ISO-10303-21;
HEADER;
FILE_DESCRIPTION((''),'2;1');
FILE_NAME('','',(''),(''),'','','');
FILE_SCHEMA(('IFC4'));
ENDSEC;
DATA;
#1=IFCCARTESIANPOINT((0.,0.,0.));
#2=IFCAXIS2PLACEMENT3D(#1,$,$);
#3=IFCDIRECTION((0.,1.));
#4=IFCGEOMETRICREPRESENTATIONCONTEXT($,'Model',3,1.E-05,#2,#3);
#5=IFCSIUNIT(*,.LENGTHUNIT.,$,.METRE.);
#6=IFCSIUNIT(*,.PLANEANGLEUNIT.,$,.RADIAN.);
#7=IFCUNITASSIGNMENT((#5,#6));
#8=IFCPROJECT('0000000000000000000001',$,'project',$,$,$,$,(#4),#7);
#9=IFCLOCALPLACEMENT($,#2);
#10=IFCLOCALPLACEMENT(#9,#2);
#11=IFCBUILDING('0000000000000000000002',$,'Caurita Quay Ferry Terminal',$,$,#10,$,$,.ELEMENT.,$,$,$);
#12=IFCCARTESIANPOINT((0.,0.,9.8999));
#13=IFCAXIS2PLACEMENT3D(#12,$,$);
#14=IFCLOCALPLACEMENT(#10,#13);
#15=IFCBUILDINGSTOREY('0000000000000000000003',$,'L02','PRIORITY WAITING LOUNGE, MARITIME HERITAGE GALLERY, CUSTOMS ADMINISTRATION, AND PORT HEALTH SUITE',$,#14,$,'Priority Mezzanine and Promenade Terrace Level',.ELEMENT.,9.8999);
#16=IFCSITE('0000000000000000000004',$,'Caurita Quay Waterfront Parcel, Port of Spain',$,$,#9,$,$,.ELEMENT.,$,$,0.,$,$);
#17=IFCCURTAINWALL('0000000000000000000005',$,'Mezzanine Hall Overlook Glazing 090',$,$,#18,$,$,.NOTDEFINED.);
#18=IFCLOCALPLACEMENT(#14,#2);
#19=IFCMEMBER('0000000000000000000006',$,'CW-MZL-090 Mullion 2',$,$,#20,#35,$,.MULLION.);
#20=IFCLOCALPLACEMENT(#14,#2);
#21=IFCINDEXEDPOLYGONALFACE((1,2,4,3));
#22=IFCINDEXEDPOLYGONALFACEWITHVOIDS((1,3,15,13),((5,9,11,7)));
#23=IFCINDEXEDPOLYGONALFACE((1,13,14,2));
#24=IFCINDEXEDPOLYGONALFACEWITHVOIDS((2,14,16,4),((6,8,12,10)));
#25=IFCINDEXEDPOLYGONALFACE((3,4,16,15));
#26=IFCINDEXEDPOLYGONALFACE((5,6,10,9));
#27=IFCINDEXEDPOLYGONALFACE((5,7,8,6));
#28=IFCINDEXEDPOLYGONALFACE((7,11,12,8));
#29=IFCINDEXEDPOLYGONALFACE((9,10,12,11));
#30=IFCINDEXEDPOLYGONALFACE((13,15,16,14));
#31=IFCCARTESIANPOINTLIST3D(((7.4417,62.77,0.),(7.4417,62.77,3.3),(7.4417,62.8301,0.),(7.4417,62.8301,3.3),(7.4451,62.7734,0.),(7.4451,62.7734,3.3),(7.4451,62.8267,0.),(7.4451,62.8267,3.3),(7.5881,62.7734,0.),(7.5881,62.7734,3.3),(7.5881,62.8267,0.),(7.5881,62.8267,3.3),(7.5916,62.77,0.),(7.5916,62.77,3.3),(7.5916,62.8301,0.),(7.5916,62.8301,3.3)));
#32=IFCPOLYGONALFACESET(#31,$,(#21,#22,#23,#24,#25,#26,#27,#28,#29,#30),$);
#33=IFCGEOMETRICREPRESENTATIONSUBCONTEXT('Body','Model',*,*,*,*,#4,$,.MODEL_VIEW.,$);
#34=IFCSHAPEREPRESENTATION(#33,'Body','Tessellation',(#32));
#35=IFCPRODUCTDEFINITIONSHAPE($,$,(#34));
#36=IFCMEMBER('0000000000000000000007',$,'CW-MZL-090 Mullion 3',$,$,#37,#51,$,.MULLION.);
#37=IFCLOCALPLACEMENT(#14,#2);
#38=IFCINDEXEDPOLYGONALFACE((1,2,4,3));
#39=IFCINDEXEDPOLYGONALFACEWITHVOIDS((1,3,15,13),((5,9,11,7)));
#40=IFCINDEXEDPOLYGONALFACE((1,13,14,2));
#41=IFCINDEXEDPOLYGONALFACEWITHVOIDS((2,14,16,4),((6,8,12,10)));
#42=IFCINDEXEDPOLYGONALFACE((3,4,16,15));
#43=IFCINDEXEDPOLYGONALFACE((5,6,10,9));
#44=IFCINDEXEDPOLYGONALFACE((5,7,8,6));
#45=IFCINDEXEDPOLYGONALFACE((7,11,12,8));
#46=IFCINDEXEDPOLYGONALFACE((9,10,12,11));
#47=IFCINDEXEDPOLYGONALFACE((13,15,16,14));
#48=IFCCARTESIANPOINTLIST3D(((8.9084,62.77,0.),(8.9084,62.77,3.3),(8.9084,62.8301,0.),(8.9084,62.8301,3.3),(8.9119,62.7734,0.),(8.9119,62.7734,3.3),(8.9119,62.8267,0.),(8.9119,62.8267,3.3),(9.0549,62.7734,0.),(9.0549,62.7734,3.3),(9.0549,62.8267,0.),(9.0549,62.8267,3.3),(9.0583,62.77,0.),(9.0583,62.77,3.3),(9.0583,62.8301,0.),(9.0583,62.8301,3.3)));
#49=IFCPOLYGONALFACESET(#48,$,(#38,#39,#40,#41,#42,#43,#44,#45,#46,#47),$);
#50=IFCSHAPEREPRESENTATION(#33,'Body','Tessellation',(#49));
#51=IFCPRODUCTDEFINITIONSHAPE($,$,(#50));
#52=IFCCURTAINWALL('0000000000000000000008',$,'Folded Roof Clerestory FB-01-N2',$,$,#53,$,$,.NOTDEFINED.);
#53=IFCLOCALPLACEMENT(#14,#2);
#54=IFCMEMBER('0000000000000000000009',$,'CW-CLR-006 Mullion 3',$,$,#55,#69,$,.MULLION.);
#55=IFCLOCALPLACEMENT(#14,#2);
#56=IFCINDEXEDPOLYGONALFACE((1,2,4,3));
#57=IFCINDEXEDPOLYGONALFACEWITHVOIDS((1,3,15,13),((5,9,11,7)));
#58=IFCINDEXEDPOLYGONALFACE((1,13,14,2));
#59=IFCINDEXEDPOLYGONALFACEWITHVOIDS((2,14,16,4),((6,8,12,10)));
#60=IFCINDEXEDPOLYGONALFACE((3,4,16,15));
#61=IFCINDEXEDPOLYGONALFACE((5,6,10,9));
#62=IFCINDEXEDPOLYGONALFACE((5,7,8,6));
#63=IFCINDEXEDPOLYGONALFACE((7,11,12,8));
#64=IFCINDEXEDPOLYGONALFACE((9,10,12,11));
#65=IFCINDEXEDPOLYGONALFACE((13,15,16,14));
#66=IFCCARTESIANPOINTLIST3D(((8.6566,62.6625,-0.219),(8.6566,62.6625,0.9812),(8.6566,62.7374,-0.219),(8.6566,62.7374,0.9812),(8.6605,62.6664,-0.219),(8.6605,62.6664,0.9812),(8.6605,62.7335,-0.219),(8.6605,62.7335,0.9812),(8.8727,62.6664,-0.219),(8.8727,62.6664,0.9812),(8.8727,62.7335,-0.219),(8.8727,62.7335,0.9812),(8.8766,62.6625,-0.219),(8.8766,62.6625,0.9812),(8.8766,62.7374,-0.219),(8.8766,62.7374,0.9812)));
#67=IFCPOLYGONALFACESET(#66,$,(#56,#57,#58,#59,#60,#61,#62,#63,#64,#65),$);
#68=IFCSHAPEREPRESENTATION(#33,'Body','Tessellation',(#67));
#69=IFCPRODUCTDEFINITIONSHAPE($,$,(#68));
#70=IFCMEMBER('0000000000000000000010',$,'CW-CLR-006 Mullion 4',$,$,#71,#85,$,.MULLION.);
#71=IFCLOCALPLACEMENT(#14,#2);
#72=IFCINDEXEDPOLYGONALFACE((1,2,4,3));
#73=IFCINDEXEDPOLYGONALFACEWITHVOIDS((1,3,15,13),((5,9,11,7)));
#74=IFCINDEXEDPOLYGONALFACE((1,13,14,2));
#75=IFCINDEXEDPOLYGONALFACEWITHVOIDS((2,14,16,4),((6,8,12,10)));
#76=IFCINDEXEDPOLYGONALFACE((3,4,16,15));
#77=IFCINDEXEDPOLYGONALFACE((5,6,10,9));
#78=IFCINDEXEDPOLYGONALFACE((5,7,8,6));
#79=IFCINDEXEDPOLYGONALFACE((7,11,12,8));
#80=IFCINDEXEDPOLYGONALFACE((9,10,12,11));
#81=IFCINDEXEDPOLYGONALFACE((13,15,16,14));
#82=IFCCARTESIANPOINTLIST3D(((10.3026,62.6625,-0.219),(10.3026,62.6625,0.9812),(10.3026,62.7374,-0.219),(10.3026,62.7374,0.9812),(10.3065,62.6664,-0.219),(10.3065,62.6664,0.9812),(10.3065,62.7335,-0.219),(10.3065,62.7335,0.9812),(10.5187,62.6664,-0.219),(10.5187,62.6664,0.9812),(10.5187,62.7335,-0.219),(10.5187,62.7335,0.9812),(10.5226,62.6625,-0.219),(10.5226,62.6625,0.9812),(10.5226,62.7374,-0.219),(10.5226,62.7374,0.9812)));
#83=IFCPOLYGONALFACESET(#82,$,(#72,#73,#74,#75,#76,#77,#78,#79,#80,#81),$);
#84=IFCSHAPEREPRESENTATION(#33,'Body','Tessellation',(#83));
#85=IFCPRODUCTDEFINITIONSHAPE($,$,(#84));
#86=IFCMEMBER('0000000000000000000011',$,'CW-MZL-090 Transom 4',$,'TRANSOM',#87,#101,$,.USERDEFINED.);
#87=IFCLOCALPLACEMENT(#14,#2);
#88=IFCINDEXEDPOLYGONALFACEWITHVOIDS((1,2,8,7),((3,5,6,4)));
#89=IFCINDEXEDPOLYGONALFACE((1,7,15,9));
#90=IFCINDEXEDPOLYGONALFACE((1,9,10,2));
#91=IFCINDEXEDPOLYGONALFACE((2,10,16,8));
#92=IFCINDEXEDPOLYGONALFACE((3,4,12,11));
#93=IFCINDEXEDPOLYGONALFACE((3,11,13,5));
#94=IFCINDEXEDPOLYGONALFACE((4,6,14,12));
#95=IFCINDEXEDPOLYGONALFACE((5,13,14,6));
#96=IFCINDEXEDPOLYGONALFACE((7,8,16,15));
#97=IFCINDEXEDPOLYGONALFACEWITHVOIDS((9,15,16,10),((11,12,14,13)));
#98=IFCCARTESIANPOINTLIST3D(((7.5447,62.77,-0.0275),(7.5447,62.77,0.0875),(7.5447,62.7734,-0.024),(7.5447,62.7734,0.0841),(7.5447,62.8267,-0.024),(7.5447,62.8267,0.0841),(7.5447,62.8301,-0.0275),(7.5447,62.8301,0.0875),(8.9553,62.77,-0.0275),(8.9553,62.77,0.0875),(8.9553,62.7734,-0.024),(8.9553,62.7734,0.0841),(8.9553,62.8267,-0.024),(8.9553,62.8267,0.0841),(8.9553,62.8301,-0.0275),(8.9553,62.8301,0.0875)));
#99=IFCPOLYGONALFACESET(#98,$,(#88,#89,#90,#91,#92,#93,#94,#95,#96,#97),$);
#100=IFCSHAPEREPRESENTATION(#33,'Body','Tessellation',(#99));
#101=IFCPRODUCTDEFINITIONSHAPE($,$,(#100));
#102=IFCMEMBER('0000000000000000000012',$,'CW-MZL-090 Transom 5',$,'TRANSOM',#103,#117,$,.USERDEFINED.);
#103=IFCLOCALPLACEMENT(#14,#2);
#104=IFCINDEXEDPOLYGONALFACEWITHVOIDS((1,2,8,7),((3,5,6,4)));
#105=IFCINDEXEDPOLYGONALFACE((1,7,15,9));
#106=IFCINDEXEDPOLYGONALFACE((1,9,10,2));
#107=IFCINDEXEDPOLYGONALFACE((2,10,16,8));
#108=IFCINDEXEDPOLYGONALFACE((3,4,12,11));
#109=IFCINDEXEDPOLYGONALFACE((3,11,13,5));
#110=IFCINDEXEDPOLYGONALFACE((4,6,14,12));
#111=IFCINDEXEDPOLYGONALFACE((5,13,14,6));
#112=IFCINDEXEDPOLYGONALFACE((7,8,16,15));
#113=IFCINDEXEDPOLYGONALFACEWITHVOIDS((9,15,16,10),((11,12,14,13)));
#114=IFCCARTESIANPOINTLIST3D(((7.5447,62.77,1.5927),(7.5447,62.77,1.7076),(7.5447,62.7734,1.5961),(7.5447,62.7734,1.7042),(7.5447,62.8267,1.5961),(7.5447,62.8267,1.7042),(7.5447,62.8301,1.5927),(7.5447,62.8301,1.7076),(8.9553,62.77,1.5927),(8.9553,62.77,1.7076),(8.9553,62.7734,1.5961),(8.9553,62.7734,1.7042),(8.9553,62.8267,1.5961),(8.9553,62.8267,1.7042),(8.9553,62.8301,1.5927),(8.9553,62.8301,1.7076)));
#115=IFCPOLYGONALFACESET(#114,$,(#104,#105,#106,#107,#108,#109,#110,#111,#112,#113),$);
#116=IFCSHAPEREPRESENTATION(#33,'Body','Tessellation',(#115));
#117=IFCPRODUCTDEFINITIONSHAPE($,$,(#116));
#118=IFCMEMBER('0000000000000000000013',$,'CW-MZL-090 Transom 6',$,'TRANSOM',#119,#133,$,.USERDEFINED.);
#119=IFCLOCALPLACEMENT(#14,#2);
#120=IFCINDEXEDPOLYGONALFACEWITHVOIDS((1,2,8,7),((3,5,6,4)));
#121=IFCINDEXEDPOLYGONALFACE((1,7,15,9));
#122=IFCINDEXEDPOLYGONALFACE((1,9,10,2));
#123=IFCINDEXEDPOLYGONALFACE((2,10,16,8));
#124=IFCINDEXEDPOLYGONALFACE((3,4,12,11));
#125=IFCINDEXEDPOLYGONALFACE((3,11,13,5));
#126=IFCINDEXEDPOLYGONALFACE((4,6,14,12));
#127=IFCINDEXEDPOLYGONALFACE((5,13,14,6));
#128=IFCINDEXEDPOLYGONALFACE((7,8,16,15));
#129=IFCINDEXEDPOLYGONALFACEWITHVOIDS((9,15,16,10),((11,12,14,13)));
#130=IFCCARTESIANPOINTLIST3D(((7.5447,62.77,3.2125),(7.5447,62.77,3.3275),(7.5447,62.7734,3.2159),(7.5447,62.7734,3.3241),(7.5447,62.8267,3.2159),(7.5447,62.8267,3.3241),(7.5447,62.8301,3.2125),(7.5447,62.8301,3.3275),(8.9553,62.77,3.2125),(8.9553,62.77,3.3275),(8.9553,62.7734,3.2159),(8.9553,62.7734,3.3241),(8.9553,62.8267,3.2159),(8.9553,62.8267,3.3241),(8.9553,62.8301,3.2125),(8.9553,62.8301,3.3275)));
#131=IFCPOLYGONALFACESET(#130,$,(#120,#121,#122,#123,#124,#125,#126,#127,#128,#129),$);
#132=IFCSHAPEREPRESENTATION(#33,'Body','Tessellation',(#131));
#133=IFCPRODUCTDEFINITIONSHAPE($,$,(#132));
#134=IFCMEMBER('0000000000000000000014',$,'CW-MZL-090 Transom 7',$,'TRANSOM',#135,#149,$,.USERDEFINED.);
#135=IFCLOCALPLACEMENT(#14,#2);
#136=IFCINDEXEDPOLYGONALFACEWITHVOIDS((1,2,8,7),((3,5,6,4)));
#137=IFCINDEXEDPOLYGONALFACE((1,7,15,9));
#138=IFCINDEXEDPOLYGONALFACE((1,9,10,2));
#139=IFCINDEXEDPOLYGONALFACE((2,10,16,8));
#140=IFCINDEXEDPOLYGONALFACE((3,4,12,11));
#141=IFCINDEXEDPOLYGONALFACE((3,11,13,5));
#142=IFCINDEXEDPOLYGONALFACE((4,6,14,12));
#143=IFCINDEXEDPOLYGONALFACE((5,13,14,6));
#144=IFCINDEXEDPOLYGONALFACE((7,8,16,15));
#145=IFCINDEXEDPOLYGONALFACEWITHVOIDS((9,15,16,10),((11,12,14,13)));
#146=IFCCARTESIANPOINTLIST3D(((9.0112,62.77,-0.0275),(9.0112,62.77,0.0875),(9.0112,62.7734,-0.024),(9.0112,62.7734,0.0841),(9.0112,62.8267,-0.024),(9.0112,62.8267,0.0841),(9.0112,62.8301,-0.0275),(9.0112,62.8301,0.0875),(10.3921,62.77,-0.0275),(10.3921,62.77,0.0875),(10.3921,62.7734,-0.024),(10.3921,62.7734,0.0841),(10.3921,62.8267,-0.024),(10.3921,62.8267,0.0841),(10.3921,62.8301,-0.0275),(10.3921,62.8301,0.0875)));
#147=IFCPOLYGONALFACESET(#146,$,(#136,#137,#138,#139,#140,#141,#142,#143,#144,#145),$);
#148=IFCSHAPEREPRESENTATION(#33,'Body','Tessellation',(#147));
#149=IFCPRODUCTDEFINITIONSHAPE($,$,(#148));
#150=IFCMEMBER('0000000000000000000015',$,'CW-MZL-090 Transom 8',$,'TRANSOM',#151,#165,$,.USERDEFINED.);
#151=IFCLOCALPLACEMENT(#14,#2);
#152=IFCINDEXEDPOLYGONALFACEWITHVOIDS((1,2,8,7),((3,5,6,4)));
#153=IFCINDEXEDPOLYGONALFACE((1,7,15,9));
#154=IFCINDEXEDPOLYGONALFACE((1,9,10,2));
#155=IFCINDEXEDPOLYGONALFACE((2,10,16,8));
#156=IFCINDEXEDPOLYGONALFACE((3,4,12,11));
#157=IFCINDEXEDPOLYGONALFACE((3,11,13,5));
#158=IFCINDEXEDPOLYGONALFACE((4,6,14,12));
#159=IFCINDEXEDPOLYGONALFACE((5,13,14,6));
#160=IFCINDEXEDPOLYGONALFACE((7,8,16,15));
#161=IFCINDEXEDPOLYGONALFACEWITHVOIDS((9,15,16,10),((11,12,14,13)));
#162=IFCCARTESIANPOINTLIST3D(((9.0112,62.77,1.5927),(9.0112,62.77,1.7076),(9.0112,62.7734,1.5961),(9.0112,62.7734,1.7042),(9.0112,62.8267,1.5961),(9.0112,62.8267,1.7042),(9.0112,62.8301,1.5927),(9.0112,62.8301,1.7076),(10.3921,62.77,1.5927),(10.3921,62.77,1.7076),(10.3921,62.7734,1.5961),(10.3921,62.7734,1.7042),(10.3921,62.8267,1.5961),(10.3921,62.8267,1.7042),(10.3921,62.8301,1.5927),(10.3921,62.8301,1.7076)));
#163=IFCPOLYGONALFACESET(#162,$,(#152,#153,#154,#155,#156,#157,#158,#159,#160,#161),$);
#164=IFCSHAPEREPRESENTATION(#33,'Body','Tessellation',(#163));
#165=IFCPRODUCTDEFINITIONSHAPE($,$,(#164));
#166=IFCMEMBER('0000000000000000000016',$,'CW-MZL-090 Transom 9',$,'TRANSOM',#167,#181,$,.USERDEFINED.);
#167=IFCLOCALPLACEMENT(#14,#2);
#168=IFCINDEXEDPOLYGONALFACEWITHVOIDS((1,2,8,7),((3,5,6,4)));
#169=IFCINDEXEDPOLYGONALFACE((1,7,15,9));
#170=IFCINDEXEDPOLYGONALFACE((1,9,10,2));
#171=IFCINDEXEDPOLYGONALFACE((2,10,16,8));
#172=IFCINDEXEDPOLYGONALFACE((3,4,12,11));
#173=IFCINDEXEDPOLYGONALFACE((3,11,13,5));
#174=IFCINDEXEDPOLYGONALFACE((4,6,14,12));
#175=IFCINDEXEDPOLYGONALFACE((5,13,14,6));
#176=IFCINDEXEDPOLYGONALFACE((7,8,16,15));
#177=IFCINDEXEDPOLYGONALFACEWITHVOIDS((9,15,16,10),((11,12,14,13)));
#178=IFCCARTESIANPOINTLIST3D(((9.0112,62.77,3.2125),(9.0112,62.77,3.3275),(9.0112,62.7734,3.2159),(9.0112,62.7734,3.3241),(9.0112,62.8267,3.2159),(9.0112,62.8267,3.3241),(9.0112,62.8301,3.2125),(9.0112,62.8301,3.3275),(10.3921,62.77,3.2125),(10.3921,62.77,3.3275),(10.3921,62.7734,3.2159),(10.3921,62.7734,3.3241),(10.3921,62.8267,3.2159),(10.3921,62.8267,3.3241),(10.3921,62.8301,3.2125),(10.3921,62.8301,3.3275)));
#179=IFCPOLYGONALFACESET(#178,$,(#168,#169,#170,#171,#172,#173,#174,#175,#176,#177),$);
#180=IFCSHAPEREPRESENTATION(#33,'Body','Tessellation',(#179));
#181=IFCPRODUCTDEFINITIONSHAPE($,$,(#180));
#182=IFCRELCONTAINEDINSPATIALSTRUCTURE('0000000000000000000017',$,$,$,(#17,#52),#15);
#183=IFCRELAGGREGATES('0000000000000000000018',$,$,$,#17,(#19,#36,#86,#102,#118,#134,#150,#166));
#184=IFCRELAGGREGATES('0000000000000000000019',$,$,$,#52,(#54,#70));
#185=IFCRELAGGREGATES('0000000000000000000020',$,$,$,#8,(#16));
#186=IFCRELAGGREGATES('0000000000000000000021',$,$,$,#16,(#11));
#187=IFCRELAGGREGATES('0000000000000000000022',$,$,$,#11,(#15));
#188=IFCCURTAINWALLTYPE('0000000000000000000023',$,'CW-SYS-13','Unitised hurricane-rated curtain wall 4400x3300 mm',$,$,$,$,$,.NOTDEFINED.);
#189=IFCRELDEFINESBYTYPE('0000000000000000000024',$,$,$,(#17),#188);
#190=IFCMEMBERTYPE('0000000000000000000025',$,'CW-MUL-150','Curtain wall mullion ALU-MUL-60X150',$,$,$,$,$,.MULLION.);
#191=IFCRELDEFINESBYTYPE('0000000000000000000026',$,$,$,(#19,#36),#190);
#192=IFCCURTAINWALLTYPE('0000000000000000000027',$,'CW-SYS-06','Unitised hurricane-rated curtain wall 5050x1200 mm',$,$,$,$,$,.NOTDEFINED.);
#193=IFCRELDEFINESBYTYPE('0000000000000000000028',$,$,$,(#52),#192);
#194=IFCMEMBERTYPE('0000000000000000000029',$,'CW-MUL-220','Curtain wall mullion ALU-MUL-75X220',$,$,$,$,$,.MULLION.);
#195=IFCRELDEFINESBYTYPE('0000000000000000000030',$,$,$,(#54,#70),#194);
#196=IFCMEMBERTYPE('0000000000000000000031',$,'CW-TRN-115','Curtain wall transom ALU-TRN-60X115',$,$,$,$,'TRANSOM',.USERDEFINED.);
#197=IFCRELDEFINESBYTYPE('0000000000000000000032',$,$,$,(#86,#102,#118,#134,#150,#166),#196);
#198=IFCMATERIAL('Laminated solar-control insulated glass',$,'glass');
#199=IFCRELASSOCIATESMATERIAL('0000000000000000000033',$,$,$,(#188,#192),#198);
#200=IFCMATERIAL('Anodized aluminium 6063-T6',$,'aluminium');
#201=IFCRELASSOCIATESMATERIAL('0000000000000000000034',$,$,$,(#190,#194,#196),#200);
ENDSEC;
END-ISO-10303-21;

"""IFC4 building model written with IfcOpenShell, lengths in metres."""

from ifc_helpers import new_model, si_unit, direction, frame, origin, origin_2d, place, context, subcontext, project, spatial, hollow_rectangle, extrude, material, material_profile, profile_set, type_object, element, aggregate, save


model = new_model("IFC4")

# Units and contexts
model_context = context("Model", 3, precision=1e-05, world=origin(), true_north=direction((0.0, 1.0)))
body_context = subcontext(model_context, "Body", "Model", "MODEL_VIEW")
ifc_project = project(units=[si_unit("LENGTHUNIT", "METRE"), si_unit("PLANEANGLEUNIT", "RADIAN")], contexts=[model_context])

# Site, building, storey
site_placement = place(None, origin())
site = spatial("IfcSite", under=ifc_project, at=site_placement, Name="Caurita Quay Waterfront Parcel, Port of Spain", CompositionType="ELEMENT", RefElevation=0.0)
building_placement = place(site_placement, origin())
building = spatial("IfcBuilding", under=site, at=building_placement, Name="Caurita Quay Ferry Terminal", CompositionType="ELEMENT")
storey_placement = place(building_placement, frame((0.0, 0.0, 9.8999)))
storey = spatial("IfcBuildingStorey", under=building, at=storey_placement, Name="L02", Description="PRIORITY WAITING LOUNGE, MARITIME HERITAGE GALLERY, CUSTOMS ADMINISTRATION, AND PORT HEALTH SUITE", LongName="Priority Mezzanine and Promenade Terrace Level", CompositionType="ELEMENT", Elevation=9.8999)

# Curtain walls, members
ifc_material_1 = material(Name="Laminated solar-control insulated glass", Category="glass")
curtain_wall_type_1 = type_object("IfcCurtainWallType", Name="CW-SYS-13", Description="Unitised hurricane-rated curtain wall 4400x3300 mm", PredefinedType="NOTDEFINED", material=ifc_material_1)
curtain_wall_1_placement = place(storey_placement, origin())
curtain_wall_1 = element("IfcCurtainWall", 1, at=curtain_wall_1_placement, inside=storey, type_object=curtain_wall_type_1, Name="Mezzanine Hall Overlook Glazing 090", PredefinedType="NOTDEFINED")
ifc_material_2 = material(Name="Anodized aluminium 6063-T6", Category="aluminium")
ifc_material_profile_1 = material_profile(ifc_material_2, hollow_rectangle(XDim=0.0601, YDim=0.1499, WallThickness=0.0034, at=origin_2d()), Name="ALU-MUL-60X150")
ifc_profile_set_1 = profile_set([ifc_material_profile_1], Name="Anodized aluminium 6063-T6")
member_type_1 = type_object("IfcMemberType", Name="CW-MUL-150", Description="Curtain wall mullion ALU-MUL-60X150", PredefinedType="MULLION", material=ifc_profile_set_1)
member_1_placement = place(storey_placement, frame((7.5166, 62.8, 0.0), z_axis=(0.0, 0.0, 1.0), x_axis=(0.0, 1.0, 0.0)))
member_1 = element("IfcMember", 2, at=member_1_placement, type_object=member_type_1, Name="CW-MZL-090 Mullion 2", PredefinedType="MULLION", context=body_context, shape_type="SweptSolid", body=[
    extrude(hollow_rectangle(XDim=0.0601, YDim=0.1499, WallThickness=0.0034, at=origin_2d()), origin(), (0.0, 0.0, 1.0), 3.3),
])
member_2_placement = place(storey_placement, frame((8.9834, 62.8, 0.0), z_axis=(0.0, 0.0, 1.0), x_axis=(0.0, 1.0, 0.0)))
member_2 = element("IfcMember", 3, at=member_2_placement, type_object=member_type_1, Name="CW-MZL-090 Mullion 3", PredefinedType="MULLION", context=body_context, shape_type="SweptSolid", body=[
    extrude(hollow_rectangle(XDim=0.0601, YDim=0.1499, WallThickness=0.0034, at=origin_2d()), origin(), (0.0, 0.0, 1.0), 3.3),
])
curtain_wall_type_2 = type_object("IfcCurtainWallType", Name="CW-SYS-06", Description="Unitised hurricane-rated curtain wall 5050x1200 mm", PredefinedType="NOTDEFINED", material=ifc_material_1)
curtain_wall_2_placement = place(storey_placement, origin())
curtain_wall_2 = element("IfcCurtainWall", 4, at=curtain_wall_2_placement, inside=storey, type_object=curtain_wall_type_2, Name="Folded Roof Clerestory FB-01-N2", PredefinedType="NOTDEFINED")
ifc_material_profile_2 = material_profile(ifc_material_2, hollow_rectangle(XDim=0.075, YDim=0.22, WallThickness=0.0039, at=origin_2d()), Name="ALU-MUL-75X220")
ifc_profile_set_2 = profile_set([ifc_material_profile_2], Name="Anodized aluminium 6063-T6")
member_type_2 = type_object("IfcMemberType", Name="CW-MUL-220", Description="Curtain wall mullion ALU-MUL-75X220", PredefinedType="MULLION", material=ifc_profile_set_2)
member_3_placement = place(storey_placement, frame((8.7666, 62.7, -0.219), z_axis=(0.0, 0.0, 1.0), x_axis=(0.0, 1.0, 0.0)))
member_3 = element("IfcMember", 5, at=member_3_placement, type_object=member_type_2, Name="CW-CLR-006 Mullion 3", PredefinedType="MULLION", context=body_context, shape_type="SweptSolid", body=[
    extrude(hollow_rectangle(XDim=0.075, YDim=0.22, WallThickness=0.0039, at=origin_2d()), origin(), (0.0, 0.0, 1.0), 1.2002),
])
member_4_placement = place(storey_placement, frame((10.4126, 62.7, -0.219), z_axis=(0.0, 0.0, 1.0), x_axis=(0.0, 1.0, 0.0)))
member_4 = element("IfcMember", 6, at=member_4_placement, type_object=member_type_2, Name="CW-CLR-006 Mullion 4", PredefinedType="MULLION", context=body_context, shape_type="SweptSolid", body=[
    extrude(hollow_rectangle(XDim=0.075, YDim=0.22, WallThickness=0.0039, at=origin_2d()), origin(), (0.0, 0.0, 1.0), 1.2002),
])

# Members
ifc_material_profile_3 = material_profile(ifc_material_2, hollow_rectangle(XDim=0.0601, YDim=0.115, WallThickness=0.0034, at=origin_2d()), Name="ALU-TRN-60X115")
ifc_profile_set_3 = profile_set([ifc_material_profile_3], Name="Anodized aluminium 6063-T6")
member_type_3 = type_object("IfcMemberType", Name="CW-TRN-115", Description="Curtain wall transom ALU-TRN-60X115", ElementType="TRANSOM", PredefinedType="USERDEFINED", material=ifc_profile_set_3)
member_5_placement = place(storey_placement, frame((7.5447, 62.8, 0.03), z_axis=(1.0, 0.0, 0.0), x_axis=(0.0, 1.0, 0.0)))
member_5 = element("IfcMember", 7, at=member_5_placement, type_object=member_type_3, Name="CW-MZL-090 Transom 4", ObjectType="TRANSOM", PredefinedType="USERDEFINED", context=body_context, shape_type="SweptSolid", body=[
    extrude(hollow_rectangle(XDim=0.0601, YDim=0.115, WallThickness=0.0034, at=origin_2d()), origin(), (0.0, 0.0, 1.0), 1.4106),
])
member_6_placement = place(storey_placement, frame((7.5447, 62.8, 1.6501), z_axis=(1.0, 0.0, 0.0), x_axis=(0.0, 1.0, 0.0)))
member_6 = element("IfcMember", 8, at=member_6_placement, type_object=member_type_3, Name="CW-MZL-090 Transom 5", ObjectType="TRANSOM", PredefinedType="USERDEFINED", context=body_context, shape_type="SweptSolid", body=[
    extrude(hollow_rectangle(XDim=0.0601, YDim=0.115, WallThickness=0.0034, at=origin_2d()), origin(), (0.0, 0.0, 1.0), 1.4106),
])
member_7_placement = place(storey_placement, frame((7.5447, 62.8, 3.27), z_axis=(1.0, 0.0, 0.0), x_axis=(0.0, 1.0, 0.0)))
member_7 = element("IfcMember", 9, at=member_7_placement, type_object=member_type_3, Name="CW-MZL-090 Transom 6", ObjectType="TRANSOM", PredefinedType="USERDEFINED", context=body_context, shape_type="SweptSolid", body=[
    extrude(hollow_rectangle(XDim=0.0601, YDim=0.115, WallThickness=0.0034, at=origin_2d()), origin(), (0.0, 0.0, 1.0), 1.4106),
])
member_8_placement = place(storey_placement, frame((9.0112, 62.8, 0.03), z_axis=(1.0, 0.0, 0.0), x_axis=(0.0, 1.0, 0.0)))
member_8 = element("IfcMember", 10, at=member_8_placement, type_object=member_type_3, Name="CW-MZL-090 Transom 7", ObjectType="TRANSOM", PredefinedType="USERDEFINED", context=body_context, shape_type="SweptSolid", body=[
    extrude(hollow_rectangle(XDim=0.0601, YDim=0.115, WallThickness=0.0034, at=origin_2d()), origin(), (0.0, 0.0, 1.0), 1.3809),
])
member_9_placement = place(storey_placement, frame((9.0112, 62.8, 1.6501), z_axis=(1.0, 0.0, 0.0), x_axis=(0.0, 1.0, 0.0)))
member_9 = element("IfcMember", 11, at=member_9_placement, type_object=member_type_3, Name="CW-MZL-090 Transom 8", ObjectType="TRANSOM", PredefinedType="USERDEFINED", context=body_context, shape_type="SweptSolid", body=[
    extrude(hollow_rectangle(XDim=0.0601, YDim=0.115, WallThickness=0.0034, at=origin_2d()), origin(), (0.0, 0.0, 1.0), 1.3809),
])
member_10_placement = place(storey_placement, frame((9.0112, 62.8, 3.27), z_axis=(1.0, 0.0, 0.0), x_axis=(0.0, 1.0, 0.0)))
member_10 = element("IfcMember", 12, at=member_10_placement, type_object=member_type_3, Name="CW-MZL-090 Transom 9", ObjectType="TRANSOM", PredefinedType="USERDEFINED", context=body_context, shape_type="SweptSolid", body=[
    extrude(hollow_rectangle(XDim=0.0601, YDim=0.115, WallThickness=0.0034, at=origin_2d()), origin(), (0.0, 0.0, 1.0), 1.3809),
])

aggregate(curtain_wall_1, [member_1, member_2, member_5, member_6, member_7, member_8, member_9, member_10])
aggregate(curtain_wall_2, [member_3, member_4])

save(model, "model.ifc")
